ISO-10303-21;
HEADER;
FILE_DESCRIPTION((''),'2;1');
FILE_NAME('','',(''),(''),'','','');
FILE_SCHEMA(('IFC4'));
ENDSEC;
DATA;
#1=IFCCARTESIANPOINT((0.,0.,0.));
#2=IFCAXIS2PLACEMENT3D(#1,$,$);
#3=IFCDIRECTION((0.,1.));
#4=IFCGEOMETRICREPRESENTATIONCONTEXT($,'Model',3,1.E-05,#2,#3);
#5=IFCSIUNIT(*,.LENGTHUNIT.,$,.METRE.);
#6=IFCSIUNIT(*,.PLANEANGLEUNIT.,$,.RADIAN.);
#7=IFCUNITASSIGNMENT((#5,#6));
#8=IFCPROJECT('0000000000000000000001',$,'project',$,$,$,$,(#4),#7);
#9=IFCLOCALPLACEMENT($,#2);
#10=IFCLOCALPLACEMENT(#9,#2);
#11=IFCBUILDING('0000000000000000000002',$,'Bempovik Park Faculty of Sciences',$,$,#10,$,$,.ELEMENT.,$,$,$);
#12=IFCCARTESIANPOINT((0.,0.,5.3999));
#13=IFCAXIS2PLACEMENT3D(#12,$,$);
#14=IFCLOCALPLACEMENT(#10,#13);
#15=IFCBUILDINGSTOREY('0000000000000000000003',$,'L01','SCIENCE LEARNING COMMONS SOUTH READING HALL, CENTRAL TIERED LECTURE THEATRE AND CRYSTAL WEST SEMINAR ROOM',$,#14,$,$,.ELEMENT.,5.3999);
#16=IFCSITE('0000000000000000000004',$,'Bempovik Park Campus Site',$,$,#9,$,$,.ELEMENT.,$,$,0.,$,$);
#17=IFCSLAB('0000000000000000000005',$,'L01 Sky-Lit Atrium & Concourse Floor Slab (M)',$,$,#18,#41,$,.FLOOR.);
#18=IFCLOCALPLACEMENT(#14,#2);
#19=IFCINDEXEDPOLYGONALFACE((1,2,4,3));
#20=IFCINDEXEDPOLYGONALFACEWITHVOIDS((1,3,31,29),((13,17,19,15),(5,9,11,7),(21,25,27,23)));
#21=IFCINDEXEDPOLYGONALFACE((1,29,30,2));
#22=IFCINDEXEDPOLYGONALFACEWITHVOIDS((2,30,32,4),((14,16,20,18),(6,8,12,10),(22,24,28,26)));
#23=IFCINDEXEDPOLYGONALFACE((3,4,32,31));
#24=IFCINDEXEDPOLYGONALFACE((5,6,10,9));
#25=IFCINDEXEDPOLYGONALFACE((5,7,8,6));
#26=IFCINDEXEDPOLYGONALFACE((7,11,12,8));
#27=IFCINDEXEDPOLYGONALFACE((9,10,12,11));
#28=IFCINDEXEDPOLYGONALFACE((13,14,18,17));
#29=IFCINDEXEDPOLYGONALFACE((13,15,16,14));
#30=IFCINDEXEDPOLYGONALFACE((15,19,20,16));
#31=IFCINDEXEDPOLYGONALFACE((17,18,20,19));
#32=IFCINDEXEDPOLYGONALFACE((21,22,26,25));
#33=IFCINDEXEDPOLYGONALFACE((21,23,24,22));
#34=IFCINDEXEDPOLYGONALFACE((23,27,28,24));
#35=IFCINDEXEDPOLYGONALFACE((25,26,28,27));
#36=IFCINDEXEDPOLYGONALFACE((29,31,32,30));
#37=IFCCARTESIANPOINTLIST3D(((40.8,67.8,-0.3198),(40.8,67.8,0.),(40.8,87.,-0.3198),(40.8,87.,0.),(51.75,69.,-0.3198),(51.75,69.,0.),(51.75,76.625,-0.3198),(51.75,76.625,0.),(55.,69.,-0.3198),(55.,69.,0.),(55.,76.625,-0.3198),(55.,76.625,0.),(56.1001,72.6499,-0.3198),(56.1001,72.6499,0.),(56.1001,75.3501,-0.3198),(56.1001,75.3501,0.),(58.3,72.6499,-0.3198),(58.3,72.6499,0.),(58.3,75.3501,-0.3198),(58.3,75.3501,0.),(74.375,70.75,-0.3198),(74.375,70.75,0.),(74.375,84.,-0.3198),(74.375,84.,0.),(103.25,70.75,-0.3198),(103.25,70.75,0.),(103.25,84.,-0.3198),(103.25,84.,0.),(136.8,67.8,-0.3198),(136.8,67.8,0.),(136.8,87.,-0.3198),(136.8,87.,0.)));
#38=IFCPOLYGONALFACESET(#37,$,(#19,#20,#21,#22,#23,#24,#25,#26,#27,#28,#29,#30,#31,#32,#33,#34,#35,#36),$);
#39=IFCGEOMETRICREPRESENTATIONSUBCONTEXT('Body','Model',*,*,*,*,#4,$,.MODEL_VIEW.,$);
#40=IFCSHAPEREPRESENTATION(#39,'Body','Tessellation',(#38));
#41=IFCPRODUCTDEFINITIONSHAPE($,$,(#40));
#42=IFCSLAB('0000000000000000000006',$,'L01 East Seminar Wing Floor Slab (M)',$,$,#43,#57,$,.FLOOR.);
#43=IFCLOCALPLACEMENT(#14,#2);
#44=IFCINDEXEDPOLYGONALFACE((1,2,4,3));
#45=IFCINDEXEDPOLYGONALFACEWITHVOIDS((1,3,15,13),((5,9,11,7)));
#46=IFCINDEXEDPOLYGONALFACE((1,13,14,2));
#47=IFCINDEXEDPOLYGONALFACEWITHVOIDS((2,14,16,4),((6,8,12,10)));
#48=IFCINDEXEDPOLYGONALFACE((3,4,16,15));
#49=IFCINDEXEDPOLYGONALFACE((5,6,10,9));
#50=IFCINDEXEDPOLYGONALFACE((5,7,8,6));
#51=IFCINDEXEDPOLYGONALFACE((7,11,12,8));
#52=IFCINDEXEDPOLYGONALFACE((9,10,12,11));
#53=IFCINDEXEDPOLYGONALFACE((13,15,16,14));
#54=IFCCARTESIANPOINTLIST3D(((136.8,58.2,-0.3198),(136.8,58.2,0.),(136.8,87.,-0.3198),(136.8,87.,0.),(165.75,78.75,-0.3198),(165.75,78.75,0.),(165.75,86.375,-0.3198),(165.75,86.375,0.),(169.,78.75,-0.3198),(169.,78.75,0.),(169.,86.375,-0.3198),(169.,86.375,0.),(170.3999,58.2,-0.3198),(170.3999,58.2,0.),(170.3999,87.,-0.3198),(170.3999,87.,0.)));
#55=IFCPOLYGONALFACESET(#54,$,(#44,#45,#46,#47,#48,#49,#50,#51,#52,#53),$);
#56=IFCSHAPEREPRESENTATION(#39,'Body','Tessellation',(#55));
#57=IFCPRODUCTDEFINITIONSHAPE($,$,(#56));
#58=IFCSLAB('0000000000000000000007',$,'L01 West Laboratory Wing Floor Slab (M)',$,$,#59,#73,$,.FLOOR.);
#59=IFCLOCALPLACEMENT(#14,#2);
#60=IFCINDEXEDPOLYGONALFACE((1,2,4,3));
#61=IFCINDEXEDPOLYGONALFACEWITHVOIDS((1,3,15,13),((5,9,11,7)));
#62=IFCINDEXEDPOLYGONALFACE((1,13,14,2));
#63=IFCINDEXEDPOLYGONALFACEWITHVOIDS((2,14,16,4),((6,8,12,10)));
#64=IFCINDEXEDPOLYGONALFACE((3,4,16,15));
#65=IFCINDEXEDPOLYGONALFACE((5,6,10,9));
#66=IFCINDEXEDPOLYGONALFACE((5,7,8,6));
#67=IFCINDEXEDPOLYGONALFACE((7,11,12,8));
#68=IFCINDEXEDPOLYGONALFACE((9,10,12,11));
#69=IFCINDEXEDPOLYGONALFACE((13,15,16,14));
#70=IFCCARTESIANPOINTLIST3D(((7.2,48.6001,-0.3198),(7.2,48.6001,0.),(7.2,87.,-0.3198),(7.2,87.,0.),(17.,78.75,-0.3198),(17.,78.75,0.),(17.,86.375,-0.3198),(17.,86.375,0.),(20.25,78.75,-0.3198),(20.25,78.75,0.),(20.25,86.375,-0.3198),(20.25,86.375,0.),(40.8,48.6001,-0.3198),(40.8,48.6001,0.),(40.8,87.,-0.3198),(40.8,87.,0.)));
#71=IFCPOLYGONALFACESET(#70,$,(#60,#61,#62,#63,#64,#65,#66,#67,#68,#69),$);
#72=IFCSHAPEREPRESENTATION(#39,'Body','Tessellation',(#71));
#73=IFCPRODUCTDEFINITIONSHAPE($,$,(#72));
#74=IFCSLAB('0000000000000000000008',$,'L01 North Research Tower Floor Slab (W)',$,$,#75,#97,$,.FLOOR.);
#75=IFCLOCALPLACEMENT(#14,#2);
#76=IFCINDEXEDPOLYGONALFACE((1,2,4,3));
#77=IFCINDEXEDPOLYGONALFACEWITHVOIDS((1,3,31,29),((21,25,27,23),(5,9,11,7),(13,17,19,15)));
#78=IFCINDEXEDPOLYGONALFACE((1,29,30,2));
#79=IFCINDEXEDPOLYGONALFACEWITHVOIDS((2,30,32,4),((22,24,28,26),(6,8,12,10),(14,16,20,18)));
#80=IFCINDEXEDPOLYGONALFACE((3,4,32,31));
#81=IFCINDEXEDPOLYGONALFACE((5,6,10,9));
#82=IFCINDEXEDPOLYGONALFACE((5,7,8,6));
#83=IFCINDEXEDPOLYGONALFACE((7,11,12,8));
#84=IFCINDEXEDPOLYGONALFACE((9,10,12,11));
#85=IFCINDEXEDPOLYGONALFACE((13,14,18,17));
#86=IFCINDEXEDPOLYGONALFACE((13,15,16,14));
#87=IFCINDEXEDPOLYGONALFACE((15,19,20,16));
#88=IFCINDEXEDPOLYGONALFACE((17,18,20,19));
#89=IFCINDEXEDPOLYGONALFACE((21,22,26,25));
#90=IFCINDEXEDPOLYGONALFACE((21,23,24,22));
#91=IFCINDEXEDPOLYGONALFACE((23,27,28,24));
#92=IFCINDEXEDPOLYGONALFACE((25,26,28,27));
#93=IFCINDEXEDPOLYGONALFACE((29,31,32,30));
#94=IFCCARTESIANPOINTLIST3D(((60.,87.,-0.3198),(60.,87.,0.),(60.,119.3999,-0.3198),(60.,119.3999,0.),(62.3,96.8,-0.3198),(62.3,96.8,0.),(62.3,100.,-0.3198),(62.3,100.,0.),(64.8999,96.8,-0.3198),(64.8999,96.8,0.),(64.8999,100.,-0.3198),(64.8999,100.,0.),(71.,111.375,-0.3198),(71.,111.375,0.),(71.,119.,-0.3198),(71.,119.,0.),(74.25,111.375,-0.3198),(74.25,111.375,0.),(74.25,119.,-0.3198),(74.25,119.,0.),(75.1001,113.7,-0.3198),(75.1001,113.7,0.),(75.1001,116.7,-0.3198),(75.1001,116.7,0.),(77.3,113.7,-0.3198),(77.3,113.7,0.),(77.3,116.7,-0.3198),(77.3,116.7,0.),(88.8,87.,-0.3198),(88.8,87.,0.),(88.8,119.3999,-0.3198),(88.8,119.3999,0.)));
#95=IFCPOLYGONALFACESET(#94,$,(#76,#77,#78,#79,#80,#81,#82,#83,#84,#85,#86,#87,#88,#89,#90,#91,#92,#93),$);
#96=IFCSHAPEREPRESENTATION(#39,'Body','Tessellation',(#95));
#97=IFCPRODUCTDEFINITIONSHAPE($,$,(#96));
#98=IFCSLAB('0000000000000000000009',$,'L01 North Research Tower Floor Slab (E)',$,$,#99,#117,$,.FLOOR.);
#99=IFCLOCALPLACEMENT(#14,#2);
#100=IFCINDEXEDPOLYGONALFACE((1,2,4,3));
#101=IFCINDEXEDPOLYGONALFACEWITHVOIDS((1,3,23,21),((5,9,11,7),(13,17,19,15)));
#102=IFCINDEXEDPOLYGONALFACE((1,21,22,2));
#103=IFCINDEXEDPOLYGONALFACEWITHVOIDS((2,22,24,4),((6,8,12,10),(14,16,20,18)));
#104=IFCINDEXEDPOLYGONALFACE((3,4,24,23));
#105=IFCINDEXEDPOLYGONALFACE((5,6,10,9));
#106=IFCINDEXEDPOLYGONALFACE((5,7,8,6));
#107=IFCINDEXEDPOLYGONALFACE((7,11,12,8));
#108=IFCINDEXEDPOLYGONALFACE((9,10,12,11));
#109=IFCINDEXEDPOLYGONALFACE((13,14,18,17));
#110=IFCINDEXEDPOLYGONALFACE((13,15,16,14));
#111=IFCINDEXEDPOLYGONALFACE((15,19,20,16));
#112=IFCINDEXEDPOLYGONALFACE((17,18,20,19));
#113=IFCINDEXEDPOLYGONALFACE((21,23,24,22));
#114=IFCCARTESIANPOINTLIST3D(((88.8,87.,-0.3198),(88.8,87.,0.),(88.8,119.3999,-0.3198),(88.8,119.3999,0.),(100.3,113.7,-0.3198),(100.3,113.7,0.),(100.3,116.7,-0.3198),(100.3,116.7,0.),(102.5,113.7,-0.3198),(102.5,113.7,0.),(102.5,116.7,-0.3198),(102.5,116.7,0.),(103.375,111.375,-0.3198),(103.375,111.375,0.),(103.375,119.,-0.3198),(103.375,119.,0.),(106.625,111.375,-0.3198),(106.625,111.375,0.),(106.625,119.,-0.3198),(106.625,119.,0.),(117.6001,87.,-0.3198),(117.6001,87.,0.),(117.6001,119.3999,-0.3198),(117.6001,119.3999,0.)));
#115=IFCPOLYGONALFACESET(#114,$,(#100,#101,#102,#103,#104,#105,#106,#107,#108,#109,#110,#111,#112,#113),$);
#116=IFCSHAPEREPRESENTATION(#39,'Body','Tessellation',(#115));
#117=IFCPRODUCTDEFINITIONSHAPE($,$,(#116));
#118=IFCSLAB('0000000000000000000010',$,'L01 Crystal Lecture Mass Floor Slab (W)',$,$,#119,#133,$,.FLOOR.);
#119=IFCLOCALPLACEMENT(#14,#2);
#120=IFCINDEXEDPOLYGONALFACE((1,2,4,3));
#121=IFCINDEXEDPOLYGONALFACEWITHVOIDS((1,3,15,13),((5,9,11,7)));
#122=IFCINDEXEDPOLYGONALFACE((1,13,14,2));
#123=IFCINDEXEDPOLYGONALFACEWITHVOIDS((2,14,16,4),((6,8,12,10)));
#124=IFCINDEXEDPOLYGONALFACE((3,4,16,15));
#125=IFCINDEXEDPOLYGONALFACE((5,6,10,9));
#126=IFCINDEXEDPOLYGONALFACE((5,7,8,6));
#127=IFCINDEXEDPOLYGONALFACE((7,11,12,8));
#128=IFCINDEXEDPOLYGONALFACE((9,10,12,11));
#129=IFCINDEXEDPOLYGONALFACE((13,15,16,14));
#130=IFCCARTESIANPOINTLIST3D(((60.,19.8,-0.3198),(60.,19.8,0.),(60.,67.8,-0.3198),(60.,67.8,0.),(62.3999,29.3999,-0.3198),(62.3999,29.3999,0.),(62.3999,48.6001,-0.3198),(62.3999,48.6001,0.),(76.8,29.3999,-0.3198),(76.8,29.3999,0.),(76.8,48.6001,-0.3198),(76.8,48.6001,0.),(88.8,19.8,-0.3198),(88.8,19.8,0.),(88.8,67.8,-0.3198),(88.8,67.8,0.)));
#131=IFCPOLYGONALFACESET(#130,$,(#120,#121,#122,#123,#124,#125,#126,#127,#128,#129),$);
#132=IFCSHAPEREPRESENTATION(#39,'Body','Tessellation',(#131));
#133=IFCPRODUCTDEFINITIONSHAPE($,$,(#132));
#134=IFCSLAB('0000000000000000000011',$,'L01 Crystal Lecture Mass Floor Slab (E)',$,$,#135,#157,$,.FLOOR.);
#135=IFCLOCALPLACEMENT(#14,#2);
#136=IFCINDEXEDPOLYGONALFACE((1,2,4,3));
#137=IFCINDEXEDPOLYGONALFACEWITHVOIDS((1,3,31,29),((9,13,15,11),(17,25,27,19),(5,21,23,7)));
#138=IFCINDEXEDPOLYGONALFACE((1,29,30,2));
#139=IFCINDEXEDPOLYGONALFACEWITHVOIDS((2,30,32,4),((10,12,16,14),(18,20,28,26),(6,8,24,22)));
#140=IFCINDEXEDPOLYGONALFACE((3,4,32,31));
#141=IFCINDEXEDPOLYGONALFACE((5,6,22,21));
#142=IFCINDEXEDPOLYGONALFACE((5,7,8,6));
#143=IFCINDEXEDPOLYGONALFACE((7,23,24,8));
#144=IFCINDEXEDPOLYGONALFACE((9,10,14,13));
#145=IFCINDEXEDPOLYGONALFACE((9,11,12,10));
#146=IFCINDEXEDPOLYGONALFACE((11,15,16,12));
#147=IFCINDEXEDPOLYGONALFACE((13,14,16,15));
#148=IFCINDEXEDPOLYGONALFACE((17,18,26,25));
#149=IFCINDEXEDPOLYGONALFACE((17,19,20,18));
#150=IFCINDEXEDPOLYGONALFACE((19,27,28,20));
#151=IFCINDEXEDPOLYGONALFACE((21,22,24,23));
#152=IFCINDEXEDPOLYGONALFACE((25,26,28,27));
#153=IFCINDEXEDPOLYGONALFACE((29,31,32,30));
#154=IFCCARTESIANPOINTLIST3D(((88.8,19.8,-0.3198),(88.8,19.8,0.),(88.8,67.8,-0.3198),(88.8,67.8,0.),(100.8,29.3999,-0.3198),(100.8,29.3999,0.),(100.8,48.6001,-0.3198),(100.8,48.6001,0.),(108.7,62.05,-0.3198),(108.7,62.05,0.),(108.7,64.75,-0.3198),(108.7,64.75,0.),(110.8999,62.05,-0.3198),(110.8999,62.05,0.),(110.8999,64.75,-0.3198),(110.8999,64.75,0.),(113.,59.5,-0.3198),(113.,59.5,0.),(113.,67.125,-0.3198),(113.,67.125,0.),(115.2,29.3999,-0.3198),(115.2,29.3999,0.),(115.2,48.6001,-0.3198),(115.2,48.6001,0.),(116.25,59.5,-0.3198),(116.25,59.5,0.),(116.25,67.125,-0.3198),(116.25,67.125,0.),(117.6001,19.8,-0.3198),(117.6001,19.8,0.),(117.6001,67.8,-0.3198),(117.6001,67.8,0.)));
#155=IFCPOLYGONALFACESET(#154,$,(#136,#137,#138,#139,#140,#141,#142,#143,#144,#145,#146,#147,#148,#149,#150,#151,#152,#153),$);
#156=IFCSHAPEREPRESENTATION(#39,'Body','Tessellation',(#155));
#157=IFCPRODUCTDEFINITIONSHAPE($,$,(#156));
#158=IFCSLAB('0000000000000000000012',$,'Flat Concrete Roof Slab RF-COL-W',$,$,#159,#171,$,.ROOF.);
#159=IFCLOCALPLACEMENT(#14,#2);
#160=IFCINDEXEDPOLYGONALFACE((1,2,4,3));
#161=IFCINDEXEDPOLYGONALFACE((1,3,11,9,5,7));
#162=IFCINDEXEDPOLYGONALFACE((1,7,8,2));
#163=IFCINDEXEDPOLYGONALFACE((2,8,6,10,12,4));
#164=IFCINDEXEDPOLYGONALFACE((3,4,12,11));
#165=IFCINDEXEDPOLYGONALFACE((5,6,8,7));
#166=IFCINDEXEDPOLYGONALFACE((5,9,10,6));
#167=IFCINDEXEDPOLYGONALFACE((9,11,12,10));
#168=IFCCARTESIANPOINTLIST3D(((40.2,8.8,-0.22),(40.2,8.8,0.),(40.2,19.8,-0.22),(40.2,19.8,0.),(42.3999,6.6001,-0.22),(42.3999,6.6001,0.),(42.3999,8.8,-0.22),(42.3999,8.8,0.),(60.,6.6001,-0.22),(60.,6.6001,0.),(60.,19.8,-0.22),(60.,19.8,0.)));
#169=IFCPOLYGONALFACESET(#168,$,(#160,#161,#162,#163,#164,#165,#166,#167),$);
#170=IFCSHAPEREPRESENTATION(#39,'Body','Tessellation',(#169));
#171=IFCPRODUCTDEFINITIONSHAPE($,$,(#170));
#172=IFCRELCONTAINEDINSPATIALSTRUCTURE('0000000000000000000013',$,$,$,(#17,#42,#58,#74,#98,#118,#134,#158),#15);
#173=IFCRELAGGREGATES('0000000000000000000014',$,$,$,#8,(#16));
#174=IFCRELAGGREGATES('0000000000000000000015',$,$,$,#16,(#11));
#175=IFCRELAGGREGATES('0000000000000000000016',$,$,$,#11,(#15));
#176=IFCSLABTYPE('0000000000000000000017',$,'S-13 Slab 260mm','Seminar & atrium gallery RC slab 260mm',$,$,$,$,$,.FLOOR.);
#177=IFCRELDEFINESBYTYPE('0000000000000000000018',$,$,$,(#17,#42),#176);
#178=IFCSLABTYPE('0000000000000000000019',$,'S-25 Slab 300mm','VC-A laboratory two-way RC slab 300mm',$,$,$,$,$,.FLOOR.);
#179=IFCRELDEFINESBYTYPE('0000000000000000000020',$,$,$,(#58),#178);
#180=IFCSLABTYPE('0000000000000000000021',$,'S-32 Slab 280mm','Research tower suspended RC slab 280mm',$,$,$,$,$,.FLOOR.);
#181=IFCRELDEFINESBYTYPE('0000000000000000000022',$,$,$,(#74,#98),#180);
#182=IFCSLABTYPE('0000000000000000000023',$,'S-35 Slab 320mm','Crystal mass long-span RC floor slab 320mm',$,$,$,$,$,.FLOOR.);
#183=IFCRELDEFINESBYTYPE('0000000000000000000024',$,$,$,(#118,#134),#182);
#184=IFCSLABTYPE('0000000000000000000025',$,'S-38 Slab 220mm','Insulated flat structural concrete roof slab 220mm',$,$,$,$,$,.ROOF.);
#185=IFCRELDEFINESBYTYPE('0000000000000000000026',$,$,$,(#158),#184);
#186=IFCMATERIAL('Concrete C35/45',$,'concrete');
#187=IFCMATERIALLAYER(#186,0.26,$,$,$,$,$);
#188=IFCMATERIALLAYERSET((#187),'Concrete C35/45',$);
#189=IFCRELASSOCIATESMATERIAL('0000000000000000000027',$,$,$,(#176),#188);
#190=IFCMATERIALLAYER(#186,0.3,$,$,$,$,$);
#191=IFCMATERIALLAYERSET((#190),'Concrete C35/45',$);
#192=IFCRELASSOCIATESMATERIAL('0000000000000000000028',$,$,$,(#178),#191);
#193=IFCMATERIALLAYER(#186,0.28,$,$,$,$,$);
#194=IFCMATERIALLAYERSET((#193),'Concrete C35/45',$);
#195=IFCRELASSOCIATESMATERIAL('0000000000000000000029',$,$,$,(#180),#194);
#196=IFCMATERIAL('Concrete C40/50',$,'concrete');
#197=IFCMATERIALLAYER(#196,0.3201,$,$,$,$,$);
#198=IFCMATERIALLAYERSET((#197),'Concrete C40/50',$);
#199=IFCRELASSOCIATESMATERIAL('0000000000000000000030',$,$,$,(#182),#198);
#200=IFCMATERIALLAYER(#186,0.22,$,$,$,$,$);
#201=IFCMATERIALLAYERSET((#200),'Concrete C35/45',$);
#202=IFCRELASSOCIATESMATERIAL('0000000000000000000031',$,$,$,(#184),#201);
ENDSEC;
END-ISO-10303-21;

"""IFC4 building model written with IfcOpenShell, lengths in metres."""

from ifc_helpers import new_model, si_unit, direction, frame, origin, place, context, subcontext, project, spatial, polyline, outline, extrude, material, layer, layer_set, type_object, element, save


model = new_model("IFC4")

# Units and contexts
model_context = context("Model", 3, precision=1e-05, world=origin(), true_north=direction((0.0, 1.0)))
body_context = subcontext(model_context, "Body", "Model", "MODEL_VIEW")
ifc_project = project(units=[si_unit("LENGTHUNIT", "METRE"), si_unit("PLANEANGLEUNIT", "RADIAN")], contexts=[model_context])

# Site, building, storey
site_placement = place(None, origin())
site = spatial("IfcSite", under=ifc_project, at=site_placement, Name="Bempovik Park Campus Site", CompositionType="ELEMENT", RefElevation=0.0)
building_placement = place(site_placement, origin())
building = spatial("IfcBuilding", under=site, at=building_placement, Name="Bempovik Park Faculty of Sciences", CompositionType="ELEMENT")
storey_placement = place(building_placement, frame((0.0, 0.0, 5.3999)))
storey = spatial("IfcBuildingStorey", under=building, at=storey_placement, Name="L01", Description="SCIENCE LEARNING COMMONS SOUTH READING HALL, CENTRAL TIERED LECTURE THEATRE AND CRYSTAL WEST SEMINAR ROOM", CompositionType="ELEMENT", Elevation=5.3999)

# Slabs
ifc_material_1 = material(Name="Concrete C35/45", Category="concrete")
ifc_layer_1 = layer(ifc_material_1, 0.26)
ifc_layer_set_1 = layer_set([ifc_layer_1], Name="Concrete C35/45")
slab_type_1 = type_object("IfcSlabType", Name="S-13 Slab 260mm", Description="Seminar & atrium gallery RC slab 260mm", PredefinedType="FLOOR", material=ifc_layer_set_1)
slab_1_placement = place(storey_placement, frame((0.0, 0.0, -0.3198)))
element("IfcSlab", 1, at=slab_1_placement, inside=storey, type_object=slab_type_1, Name="L01 Sky-Lit Atrium & Concourse Floor Slab (M)", PredefinedType="FLOOR", context=body_context, shape_type="SweptSolid", body=[
    extrude(outline(polyline([(40.8, 67.8), (136.8, 67.8), (136.8, 87.0), (40.8, 87.0), (40.8, 67.8)]), holes=[polyline([(51.75, 69.0), (55.0, 69.0), (55.0, 76.625), (51.75, 76.625), (51.75, 69.0)]), polyline([(56.1001, 72.6499), (58.3, 72.6499), (58.3, 75.3501), (56.1001, 75.3501), (56.1001, 72.6499)]), polyline([(74.375, 70.75), (103.25, 70.75), (103.25, 84.0), (74.375, 84.0), (74.375, 70.75)])]), origin(), (0.0, 0.0, 1.0), 0.3198),
])
slab_2_placement = place(storey_placement, frame((0.0, 0.0, -0.3198)))
element("IfcSlab", 2, at=slab_2_placement, inside=storey, type_object=slab_type_1, Name="L01 East Seminar Wing Floor Slab (M)", PredefinedType="FLOOR", context=body_context, shape_type="SweptSolid", body=[
    extrude(outline(polyline([(136.8, 58.2), (170.3999, 58.2), (170.3999, 87.0), (136.8, 87.0), (136.8, 58.2)]), holes=[polyline([(165.75, 78.75), (169.0, 78.75), (169.0, 86.375), (165.75, 86.375), (165.75, 78.75)])]), origin(), (0.0, 0.0, 1.0), 0.3198),
])
ifc_layer_2 = layer(ifc_material_1, 0.3)
ifc_layer_set_2 = layer_set([ifc_layer_2], Name="Concrete C35/45")
slab_type_2 = type_object("IfcSlabType", Name="S-25 Slab 300mm", Description="VC-A laboratory two-way RC slab 300mm", PredefinedType="FLOOR", material=ifc_layer_set_2)
slab_3_placement = place(storey_placement, frame((0.0, 0.0, -0.3198)))
element("IfcSlab", 3, at=slab_3_placement, inside=storey, type_object=slab_type_2, Name="L01 West Laboratory Wing Floor Slab (M)", PredefinedType="FLOOR", context=body_context, shape_type="SweptSolid", body=[
    extrude(outline(polyline([(7.2, 48.6001), (40.8, 48.6001), (40.8, 87.0), (7.2, 87.0), (7.2, 48.6001)]), holes=[polyline([(17.0, 78.75), (20.25, 78.75), (20.25, 86.375), (17.0, 86.375), (17.0, 78.75)])]), origin(), (0.0, 0.0, 1.0), 0.3198),
])
ifc_layer_3 = layer(ifc_material_1, 0.28)
ifc_layer_set_3 = layer_set([ifc_layer_3], Name="Concrete C35/45")
slab_type_3 = type_object("IfcSlabType", Name="S-32 Slab 280mm", Description="Research tower suspended RC slab 280mm", PredefinedType="FLOOR", material=ifc_layer_set_3)
slab_4_placement = place(storey_placement, frame((0.0, 0.0, -0.3198)))
element("IfcSlab", 4, at=slab_4_placement, inside=storey, type_object=slab_type_3, Name="L01 North Research Tower Floor Slab (W)", PredefinedType="FLOOR", context=body_context, shape_type="SweptSolid", body=[
    extrude(outline(polyline([(60.0, 87.0), (88.8, 87.0), (88.8, 119.3999), (60.0, 119.3999), (60.0, 87.0)]), holes=[polyline([(71.0, 111.375), (74.25, 111.375), (74.25, 119.0), (71.0, 119.0), (71.0, 111.375)]), polyline([(75.1001, 113.7), (77.3, 113.7), (77.3, 116.7), (75.1001, 116.7), (75.1001, 113.7)]), polyline([(62.3, 96.8), (64.8999, 96.8), (64.8999, 100.0), (62.3, 100.0), (62.3, 96.8)])]), origin(), (0.0, 0.0, 1.0), 0.3198),
])
slab_5_placement = place(storey_placement, frame((0.0, 0.0, -0.3198)))
element("IfcSlab", 5, at=slab_5_placement, inside=storey, type_object=slab_type_3, Name="L01 North Research Tower Floor Slab (E)", PredefinedType="FLOOR", context=body_context, shape_type="SweptSolid", body=[
    extrude(outline(polyline([(88.8, 87.0), (117.6001, 87.0), (117.6001, 119.3999), (88.8, 119.3999), (88.8, 87.0)]), holes=[polyline([(103.375, 111.375), (106.625, 111.375), (106.625, 119.0), (103.375, 119.0), (103.375, 111.375)]), polyline([(100.3, 113.7), (102.5, 113.7), (102.5, 116.7), (100.3, 116.7), (100.3, 113.7)])]), origin(), (0.0, 0.0, 1.0), 0.3198),
])
ifc_material_2 = material(Name="Concrete C40/50", Category="concrete")
ifc_layer_4 = layer(ifc_material_2, 0.3201)
ifc_layer_set_4 = layer_set([ifc_layer_4], Name="Concrete C40/50")
slab_type_4 = type_object("IfcSlabType", Name="S-35 Slab 320mm", Description="Crystal mass long-span RC floor slab 320mm", PredefinedType="FLOOR", material=ifc_layer_set_4)
slab_6_placement = place(storey_placement, frame((0.0, 0.0, -0.3198)))
element("IfcSlab", 6, at=slab_6_placement, inside=storey, type_object=slab_type_4, Name="L01 Crystal Lecture Mass Floor Slab (W)", PredefinedType="FLOOR", context=body_context, shape_type="SweptSolid", body=[
    extrude(outline(polyline([(60.0, 19.8), (88.8, 19.8), (88.8, 67.8), (60.0, 67.8), (60.0, 19.8)]), holes=[polyline([(62.3999, 29.3999), (76.8, 29.3999), (76.8, 48.6001), (62.3999, 48.6001), (62.3999, 29.3999)])]), origin(), (0.0, 0.0, 1.0), 0.3198),
])
slab_7_placement = place(storey_placement, frame((0.0, 0.0, -0.3198)))
element("IfcSlab", 7, at=slab_7_placement, inside=storey, type_object=slab_type_4, Name="L01 Crystal Lecture Mass Floor Slab (E)", PredefinedType="FLOOR", context=body_context, shape_type="SweptSolid", body=[
    extrude(outline(polyline([(88.8, 19.8), (117.6001, 19.8), (117.6001, 67.8), (88.8, 67.8), (88.8, 19.8)]), holes=[polyline([(113.0, 59.5), (116.25, 59.5), (116.25, 67.125), (113.0, 67.125), (113.0, 59.5)]), polyline([(108.7, 62.05), (110.8999, 62.05), (110.8999, 64.75), (108.7, 64.75), (108.7, 62.05)]), polyline([(100.8, 29.3999), (115.2, 29.3999), (115.2, 48.6001), (100.8, 48.6001), (100.8, 29.3999)])]), origin(), (0.0, 0.0, 1.0), 0.3198),
])
ifc_layer_5 = layer(ifc_material_1, 0.22)
ifc_layer_set_5 = layer_set([ifc_layer_5], Name="Concrete C35/45")
slab_type_5 = type_object("IfcSlabType", Name="S-38 Slab 220mm", Description="Insulated flat structural concrete roof slab 220mm", PredefinedType="ROOF", material=ifc_layer_set_5)
slab_8_placement = place(storey_placement, frame((0.0, 0.0, -0.22)))
element("IfcSlab", 8, at=slab_8_placement, inside=storey, type_object=slab_type_5, Name="Flat Concrete Roof Slab RF-COL-W", PredefinedType="ROOF", context=body_context, shape_type="SweptSolid", body=[
    extrude(outline(polyline([(42.3999, 6.6001), (60.0, 6.6001), (60.0, 19.8), (40.2, 19.8), (40.2, 8.8), (42.3999, 8.8), (42.3999, 6.6001)])), origin(), (0.0, 0.0, 1.0), 0.22),
])

save(model, "model.ifc")
